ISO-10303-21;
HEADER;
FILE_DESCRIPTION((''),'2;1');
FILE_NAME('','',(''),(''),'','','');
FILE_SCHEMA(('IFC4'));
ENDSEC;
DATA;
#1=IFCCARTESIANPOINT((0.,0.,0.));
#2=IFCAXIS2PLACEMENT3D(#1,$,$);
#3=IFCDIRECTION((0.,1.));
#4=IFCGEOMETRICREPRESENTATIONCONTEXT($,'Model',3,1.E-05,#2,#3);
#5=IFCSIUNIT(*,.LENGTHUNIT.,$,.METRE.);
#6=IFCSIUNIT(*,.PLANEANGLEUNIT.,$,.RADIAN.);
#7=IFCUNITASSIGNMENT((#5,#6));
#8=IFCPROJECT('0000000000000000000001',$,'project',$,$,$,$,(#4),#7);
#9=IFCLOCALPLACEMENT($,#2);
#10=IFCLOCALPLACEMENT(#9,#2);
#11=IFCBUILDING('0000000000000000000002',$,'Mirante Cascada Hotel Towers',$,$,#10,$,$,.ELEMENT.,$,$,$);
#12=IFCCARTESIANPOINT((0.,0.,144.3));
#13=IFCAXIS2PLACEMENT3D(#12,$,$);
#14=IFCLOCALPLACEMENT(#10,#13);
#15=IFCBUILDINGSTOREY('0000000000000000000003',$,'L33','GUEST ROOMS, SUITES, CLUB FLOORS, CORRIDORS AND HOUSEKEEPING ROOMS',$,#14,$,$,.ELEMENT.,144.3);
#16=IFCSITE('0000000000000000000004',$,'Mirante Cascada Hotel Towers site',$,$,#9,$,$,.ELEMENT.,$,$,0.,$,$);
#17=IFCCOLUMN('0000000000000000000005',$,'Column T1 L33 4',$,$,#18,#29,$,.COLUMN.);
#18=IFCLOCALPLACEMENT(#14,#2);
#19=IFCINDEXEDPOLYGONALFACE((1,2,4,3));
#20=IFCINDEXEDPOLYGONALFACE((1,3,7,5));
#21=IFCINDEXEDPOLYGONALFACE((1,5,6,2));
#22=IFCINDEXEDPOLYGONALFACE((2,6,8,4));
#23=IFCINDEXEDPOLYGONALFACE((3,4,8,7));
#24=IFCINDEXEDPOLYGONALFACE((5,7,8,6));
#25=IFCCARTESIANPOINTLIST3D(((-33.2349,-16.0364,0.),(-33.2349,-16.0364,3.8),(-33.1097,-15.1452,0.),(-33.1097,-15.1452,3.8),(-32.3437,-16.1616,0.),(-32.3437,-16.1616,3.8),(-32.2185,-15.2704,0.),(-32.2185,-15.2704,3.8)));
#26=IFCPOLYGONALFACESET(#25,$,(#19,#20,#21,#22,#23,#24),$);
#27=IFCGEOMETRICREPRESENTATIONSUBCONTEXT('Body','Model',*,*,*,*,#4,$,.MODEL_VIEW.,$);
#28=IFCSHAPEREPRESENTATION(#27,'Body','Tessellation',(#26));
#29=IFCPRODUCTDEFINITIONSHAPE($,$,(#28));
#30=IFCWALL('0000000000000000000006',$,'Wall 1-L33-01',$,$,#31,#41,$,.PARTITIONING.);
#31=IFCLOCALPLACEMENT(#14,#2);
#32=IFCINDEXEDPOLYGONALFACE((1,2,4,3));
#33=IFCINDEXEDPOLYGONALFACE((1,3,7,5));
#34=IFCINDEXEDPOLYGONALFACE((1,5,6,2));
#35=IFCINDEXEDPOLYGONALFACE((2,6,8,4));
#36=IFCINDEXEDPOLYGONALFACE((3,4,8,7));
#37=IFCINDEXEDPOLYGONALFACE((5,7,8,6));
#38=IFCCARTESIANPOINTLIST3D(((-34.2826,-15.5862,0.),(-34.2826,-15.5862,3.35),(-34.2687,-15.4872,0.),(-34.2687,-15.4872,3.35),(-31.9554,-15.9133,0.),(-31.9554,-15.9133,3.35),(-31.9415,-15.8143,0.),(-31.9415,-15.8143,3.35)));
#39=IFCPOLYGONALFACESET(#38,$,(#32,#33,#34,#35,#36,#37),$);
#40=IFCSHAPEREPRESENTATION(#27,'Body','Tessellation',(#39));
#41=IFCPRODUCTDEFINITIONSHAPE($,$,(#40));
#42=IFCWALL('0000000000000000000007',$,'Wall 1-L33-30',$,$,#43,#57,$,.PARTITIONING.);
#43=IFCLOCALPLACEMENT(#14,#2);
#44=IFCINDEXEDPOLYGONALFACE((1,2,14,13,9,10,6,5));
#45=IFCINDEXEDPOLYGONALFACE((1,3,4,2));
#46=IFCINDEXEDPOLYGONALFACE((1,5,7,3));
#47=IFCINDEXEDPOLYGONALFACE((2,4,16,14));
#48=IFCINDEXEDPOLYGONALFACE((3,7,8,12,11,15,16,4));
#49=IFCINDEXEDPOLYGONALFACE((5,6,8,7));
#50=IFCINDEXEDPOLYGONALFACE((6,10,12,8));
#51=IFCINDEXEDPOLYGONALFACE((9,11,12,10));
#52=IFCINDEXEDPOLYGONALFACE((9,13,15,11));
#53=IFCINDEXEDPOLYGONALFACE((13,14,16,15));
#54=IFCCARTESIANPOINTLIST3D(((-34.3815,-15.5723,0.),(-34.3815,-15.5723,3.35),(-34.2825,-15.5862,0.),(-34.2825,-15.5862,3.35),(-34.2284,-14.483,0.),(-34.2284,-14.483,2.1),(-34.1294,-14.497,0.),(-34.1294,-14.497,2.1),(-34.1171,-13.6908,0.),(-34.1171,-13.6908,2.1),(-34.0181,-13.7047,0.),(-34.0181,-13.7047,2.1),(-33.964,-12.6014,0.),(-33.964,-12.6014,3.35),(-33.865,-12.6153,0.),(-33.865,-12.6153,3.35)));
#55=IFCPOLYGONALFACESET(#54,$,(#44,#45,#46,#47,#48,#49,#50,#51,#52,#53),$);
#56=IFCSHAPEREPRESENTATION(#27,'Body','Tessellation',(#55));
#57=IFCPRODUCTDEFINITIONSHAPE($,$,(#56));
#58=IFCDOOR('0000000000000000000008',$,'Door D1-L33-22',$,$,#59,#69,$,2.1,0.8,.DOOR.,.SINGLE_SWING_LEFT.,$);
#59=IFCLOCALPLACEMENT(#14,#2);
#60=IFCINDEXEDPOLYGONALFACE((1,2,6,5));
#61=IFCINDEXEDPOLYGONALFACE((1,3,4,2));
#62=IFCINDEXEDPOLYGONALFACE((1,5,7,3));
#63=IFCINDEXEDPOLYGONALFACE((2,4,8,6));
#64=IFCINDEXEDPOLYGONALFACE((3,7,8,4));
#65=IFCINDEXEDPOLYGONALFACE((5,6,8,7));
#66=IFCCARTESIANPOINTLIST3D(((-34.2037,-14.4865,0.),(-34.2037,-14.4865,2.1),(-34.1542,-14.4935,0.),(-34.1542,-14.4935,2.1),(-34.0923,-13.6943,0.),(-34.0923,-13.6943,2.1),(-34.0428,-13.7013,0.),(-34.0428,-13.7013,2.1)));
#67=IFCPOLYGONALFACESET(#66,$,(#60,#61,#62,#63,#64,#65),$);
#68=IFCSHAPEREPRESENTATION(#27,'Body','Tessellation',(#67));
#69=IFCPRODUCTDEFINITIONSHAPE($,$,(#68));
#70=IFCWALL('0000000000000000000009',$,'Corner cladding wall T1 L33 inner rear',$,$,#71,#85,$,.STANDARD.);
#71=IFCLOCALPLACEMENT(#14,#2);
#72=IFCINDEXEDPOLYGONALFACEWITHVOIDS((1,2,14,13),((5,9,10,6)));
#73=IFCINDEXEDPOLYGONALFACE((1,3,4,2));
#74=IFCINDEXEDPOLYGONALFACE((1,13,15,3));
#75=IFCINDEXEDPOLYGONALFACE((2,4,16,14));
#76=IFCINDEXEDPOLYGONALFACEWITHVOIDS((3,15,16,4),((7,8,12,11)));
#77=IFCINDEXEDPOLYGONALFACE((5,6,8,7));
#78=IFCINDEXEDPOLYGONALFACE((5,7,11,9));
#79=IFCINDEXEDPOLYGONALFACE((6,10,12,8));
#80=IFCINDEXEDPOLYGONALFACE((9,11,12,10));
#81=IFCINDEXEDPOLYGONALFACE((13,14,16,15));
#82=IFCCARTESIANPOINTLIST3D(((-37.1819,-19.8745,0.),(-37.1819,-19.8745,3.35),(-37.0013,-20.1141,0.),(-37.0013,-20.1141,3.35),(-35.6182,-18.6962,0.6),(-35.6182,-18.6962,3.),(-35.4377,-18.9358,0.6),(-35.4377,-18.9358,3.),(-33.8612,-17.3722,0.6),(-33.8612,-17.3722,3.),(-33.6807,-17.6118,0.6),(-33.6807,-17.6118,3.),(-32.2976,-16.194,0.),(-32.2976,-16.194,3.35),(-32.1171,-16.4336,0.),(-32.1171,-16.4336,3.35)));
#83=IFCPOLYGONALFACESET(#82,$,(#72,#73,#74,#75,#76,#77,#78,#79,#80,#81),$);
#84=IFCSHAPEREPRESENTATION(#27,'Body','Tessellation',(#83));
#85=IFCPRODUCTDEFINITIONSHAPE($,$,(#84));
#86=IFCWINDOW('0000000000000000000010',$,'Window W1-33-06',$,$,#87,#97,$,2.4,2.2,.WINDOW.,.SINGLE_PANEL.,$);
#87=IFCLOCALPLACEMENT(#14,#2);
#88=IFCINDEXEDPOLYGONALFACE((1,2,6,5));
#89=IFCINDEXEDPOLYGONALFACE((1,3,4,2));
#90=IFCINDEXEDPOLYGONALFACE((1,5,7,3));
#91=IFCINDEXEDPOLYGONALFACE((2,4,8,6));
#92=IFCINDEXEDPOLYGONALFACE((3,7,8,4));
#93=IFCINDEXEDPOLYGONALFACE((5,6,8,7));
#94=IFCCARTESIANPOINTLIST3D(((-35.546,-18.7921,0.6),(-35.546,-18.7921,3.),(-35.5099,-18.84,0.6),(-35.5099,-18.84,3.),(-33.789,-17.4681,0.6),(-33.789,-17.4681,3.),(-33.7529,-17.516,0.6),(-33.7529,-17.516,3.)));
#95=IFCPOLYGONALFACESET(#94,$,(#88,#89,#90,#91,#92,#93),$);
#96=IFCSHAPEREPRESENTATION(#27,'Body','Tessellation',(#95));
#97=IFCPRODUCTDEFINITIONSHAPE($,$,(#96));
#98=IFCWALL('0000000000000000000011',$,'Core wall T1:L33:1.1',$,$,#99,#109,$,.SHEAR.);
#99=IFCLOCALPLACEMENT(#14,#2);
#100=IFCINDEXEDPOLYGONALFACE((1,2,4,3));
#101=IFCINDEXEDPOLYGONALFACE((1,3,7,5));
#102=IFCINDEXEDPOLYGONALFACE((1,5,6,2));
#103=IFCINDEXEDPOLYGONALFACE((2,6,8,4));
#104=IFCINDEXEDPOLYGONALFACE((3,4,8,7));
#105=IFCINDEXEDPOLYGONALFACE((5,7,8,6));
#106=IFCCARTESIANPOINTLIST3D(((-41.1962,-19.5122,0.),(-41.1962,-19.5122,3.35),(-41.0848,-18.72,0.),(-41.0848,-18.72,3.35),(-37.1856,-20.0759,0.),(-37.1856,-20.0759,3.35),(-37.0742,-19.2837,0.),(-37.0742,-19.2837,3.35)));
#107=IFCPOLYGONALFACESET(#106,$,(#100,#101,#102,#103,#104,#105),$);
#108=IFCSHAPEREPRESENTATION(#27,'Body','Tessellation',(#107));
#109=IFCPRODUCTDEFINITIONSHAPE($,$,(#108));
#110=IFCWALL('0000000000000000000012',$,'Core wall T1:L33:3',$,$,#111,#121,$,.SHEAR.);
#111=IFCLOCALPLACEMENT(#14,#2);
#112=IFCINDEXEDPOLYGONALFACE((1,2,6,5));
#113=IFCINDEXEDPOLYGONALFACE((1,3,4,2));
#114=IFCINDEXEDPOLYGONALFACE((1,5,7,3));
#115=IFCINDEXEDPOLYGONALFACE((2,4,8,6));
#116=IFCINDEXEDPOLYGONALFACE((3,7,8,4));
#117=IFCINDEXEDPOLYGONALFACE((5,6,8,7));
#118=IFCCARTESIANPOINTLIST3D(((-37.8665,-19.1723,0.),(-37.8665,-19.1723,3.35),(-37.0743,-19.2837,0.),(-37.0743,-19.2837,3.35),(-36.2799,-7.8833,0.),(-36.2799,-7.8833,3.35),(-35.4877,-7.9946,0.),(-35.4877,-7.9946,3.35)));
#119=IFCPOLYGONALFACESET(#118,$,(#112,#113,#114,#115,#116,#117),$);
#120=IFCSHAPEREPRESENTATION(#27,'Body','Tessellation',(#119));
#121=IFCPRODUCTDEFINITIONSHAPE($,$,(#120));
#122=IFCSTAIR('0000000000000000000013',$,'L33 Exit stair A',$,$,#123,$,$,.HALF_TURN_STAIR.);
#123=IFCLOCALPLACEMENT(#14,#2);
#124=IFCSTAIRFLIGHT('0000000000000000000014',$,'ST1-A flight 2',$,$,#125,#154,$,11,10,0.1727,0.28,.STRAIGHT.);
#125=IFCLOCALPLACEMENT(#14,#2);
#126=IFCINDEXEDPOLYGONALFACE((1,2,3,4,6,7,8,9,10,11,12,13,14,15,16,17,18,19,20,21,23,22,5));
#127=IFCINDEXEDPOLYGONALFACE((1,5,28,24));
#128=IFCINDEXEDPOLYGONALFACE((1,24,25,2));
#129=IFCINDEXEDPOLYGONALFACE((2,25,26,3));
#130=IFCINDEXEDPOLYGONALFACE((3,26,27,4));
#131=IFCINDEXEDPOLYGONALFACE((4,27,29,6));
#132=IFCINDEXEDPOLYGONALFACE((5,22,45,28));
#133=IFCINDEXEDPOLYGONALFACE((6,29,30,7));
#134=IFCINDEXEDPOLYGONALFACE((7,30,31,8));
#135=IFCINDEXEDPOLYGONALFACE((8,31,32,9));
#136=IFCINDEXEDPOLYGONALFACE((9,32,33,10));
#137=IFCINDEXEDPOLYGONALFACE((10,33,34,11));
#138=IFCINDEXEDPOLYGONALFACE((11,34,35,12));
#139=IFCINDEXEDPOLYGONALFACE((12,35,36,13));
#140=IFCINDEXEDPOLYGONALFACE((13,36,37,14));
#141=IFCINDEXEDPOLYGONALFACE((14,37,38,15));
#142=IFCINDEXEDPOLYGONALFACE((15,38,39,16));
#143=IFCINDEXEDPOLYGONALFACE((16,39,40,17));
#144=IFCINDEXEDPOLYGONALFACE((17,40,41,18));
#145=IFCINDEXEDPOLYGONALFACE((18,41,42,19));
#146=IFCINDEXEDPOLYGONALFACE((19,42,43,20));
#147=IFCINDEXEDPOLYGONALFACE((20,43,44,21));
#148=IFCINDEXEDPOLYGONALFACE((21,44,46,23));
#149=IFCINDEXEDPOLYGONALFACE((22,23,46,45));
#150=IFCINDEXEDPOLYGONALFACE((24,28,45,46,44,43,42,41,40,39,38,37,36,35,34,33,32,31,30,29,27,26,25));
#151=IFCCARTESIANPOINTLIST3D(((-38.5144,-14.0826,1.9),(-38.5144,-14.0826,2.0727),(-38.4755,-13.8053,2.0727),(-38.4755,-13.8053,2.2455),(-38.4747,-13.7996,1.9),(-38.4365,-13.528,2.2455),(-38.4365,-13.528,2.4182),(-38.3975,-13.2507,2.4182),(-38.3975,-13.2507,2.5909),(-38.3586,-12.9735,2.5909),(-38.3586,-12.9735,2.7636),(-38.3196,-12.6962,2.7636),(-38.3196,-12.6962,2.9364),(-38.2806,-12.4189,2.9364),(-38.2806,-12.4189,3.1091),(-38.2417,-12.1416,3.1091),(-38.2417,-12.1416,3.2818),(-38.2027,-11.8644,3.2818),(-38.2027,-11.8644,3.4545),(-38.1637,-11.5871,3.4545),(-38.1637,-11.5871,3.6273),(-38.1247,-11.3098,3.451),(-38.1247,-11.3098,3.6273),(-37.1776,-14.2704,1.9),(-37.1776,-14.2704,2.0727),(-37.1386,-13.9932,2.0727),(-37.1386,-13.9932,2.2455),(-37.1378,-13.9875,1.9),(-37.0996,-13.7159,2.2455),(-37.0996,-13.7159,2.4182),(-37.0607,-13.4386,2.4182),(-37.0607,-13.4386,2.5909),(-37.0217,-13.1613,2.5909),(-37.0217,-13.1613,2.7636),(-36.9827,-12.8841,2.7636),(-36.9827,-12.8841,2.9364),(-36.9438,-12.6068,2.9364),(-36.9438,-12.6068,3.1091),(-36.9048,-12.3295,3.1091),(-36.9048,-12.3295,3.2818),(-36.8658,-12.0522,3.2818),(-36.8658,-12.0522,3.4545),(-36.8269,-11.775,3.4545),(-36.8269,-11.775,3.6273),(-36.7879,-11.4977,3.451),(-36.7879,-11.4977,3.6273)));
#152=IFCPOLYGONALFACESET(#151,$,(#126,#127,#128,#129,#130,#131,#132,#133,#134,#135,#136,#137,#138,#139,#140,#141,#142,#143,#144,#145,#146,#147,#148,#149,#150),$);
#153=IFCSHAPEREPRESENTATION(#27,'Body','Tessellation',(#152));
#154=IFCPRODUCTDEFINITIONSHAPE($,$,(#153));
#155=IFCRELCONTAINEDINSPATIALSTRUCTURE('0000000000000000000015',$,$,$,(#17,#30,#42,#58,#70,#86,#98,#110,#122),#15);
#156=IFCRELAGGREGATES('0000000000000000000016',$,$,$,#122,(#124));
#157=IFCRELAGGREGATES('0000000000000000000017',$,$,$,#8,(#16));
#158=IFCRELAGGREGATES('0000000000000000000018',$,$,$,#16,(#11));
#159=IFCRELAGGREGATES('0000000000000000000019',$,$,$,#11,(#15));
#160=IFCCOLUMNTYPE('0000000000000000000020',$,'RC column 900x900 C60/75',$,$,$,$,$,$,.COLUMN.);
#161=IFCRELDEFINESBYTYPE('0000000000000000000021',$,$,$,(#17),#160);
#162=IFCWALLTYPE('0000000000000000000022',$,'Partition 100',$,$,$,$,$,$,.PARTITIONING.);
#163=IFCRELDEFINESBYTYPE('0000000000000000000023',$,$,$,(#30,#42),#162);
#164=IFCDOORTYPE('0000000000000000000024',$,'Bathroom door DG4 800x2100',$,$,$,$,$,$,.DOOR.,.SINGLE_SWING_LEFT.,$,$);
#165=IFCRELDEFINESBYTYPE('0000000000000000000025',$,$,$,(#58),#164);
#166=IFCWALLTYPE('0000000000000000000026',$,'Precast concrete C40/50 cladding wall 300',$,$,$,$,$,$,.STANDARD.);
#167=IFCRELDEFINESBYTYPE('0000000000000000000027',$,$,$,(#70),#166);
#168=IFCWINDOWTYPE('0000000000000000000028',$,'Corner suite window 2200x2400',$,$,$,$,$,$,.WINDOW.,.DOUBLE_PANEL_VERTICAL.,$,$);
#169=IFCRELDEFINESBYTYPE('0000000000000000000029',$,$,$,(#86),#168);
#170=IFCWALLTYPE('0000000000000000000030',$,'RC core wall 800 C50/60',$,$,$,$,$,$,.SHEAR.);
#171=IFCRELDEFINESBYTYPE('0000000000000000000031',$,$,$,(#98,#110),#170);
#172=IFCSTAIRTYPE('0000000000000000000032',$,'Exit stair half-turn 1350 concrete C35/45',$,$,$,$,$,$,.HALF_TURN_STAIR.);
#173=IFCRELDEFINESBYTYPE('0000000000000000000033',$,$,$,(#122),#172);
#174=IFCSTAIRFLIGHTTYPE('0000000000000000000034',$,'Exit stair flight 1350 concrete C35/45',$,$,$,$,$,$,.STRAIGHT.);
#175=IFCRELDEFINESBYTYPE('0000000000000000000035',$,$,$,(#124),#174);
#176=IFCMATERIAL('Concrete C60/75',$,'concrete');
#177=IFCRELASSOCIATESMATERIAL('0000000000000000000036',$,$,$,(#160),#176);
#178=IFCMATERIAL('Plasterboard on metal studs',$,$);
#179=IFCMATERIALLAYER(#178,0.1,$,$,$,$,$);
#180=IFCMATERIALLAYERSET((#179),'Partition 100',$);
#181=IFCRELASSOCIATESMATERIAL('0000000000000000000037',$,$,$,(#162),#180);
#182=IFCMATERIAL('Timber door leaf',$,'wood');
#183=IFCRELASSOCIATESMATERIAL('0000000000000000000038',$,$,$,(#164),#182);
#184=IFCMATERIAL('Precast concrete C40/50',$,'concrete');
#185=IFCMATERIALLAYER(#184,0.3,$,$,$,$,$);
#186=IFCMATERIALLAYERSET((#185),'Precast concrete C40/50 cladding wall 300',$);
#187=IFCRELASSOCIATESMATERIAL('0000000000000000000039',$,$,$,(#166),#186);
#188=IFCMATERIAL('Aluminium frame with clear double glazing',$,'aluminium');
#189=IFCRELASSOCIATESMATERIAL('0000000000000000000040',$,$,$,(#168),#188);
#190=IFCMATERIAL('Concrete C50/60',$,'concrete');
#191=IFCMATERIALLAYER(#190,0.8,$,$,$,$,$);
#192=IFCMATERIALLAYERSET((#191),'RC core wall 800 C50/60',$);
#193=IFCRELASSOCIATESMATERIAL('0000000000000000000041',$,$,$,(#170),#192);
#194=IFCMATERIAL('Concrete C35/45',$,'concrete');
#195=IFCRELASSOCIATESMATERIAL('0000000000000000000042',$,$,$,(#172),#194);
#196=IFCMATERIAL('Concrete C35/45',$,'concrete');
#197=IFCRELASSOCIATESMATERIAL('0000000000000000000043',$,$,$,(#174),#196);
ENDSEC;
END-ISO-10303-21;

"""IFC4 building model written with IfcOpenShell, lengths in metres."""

from ifc_helpers import new_model, si_unit, direction, frame, frame_2d, origin, origin_2d, place, context, subcontext, project, spatial, polyline, rectangle, outline, extrude, material, layer, layer_set, material_profile, profile_set, type_object, element, fill, aggregate, save


model = new_model("IFC4")

# Units and contexts
model_context = context("Model", 3, precision=1e-05, world=origin(), true_north=direction((0.0, 1.0)))
body_context = subcontext(model_context, "Body", "Model", "MODEL_VIEW")
ifc_project = project(units=[si_unit("LENGTHUNIT", "METRE"), si_unit("PLANEANGLEUNIT", "RADIAN")], contexts=[model_context])

# Site, building, storey
site_placement = place(None, origin())
site = spatial("IfcSite", under=ifc_project, at=site_placement, Name="Mirante Cascada Hotel Towers site", CompositionType="ELEMENT", RefElevation=0.0)
building_placement = place(site_placement, origin())
building = spatial("IfcBuilding", under=site, at=building_placement, Name="Mirante Cascada Hotel Towers", CompositionType="ELEMENT")
storey_placement = place(building_placement, frame((0.0, 0.0, 144.3)))
storey = spatial("IfcBuildingStorey", under=building, at=storey_placement, Name="L33", Description="GUEST ROOMS, SUITES, CLUB FLOORS, CORRIDORS AND HOUSEKEEPING ROOMS", CompositionType="ELEMENT", Elevation=144.3)

# Column
ifc_material_1 = material(Name="Concrete C60/75", Category="concrete")
ifc_material_profile = material_profile(ifc_material_1, rectangle(XDim=0.9, YDim=0.9, at=origin_2d()), Name="RC column 900x900 C60/75")
ifc_profile_set = profile_set([ifc_material_profile], Name="Concrete C60/75")
column_type = type_object("IfcColumnType", Name="RC column 900x900 C60/75", PredefinedType="COLUMN", material=ifc_profile_set)
column_placement = place(storey_placement, frame((-32.7267, -15.6534, 0.0), z_axis=(0.0, 0.0, 1.0), x_axis=(-0.990268, 0.139173, 0.0)))
element("IfcColumn", 1, at=column_placement, inside=storey, type_object=column_type, Name="Column T1 L33 4", PredefinedType="COLUMN", context=body_context, shape_type="SweptSolid", body=[
    extrude(rectangle(XDim=0.9, YDim=0.9, at=origin_2d()), origin(), (0.0, 0.0, 1.0), 3.8),
])

# Wall
ifc_material_2 = material(Name="Plasterboard on metal studs")
ifc_layer_1 = layer(ifc_material_2, 0.1)
ifc_layer_set_1 = layer_set([ifc_layer_1], Name="Partition 100")
wall_type_1 = type_object("IfcWallType", Name="Partition 100", PredefinedType="PARTITIONING", material=ifc_layer_set_1)
wall_1_placement = place(storey_placement, frame((-34.2756, -15.5367, 0.0), z_axis=(0.0, 0.0, 1.0), x_axis=(0.990266, -0.139187, 0.0)))
element("IfcWall", 2, at=wall_1_placement, inside=storey, type_object=wall_type_1, Name="Wall 1-L33-01", PredefinedType="PARTITIONING", context=body_context, shape_type="SweptSolid", body=[
    extrude(rectangle(XDim=2.3501, YDim=0.1, at=frame_2d((1.175, 0.0))), origin(), (0.0, 0.0, 1.0), 3.35),
])

# Wall, opening, door
wall_2_placement = place(storey_placement, frame((-34.332, -15.5793, 0.0), z_axis=(0.0, 0.0, 1.0), x_axis=(0.139162, 0.99027, 0.0)))
wall_2 = element("IfcWall", 3, at=wall_2_placement, inside=storey, type_object=wall_type_1, Name="Wall 1-L33-30", PredefinedType="PARTITIONING", context=body_context, shape_type="SweptSolid", body=[
    extrude(rectangle(XDim=3.0001, YDim=0.1, at=frame_2d((1.5001, 0.0))), origin(), (0.0, 0.0, 1.0), 3.35),
])
opening_1_placement = place(wall_2_placement, frame((1.1, 0.0, 0.0)))
opening_1 = element("IfcOpeningElement", 4, at=opening_1_placement, cuts=wall_2, PredefinedType="OPENING", context=body_context, shape_type="SweptSolid", body=[
    extrude(rectangle(XDim=0.8, YDim=2.1, at=frame_2d((0.4, 1.05))), frame((0.0, 0.05, 0.0), z_axis=(0.0, -1.0, 0.0), x_axis=(1.0, 0.0, 0.0)), (0.0, 0.0, 1.0), 0.1),
])
ifc_material_3 = material(Name="Timber door leaf", Category="wood")
door_type = type_object("IfcDoorType", Name="Bathroom door DG4 800x2100", OperationType="SINGLE_SWING_LEFT", PredefinedType="DOOR", material=ifc_material_3)
door_placement = place(opening_1_placement, origin())
door = element("IfcDoor", 5, at=door_placement, inside=storey, type_object=door_type, Name="Door D1-L33-22", OperationType="SINGLE_SWING_LEFT", OverallHeight=2.1, OverallWidth=0.8, PredefinedType="DOOR", context=body_context, shape_type="SweptSolid", body=[
    extrude(rectangle(XDim=0.8, YDim=2.1, at=frame_2d((0.4, 1.05))), frame((0.0, 0.025, 0.0), z_axis=(0.0, -1.0, 0.0), x_axis=(1.0, 0.0, 0.0)), (0.0, 0.0, 1.0), 0.05),
])
fill(opening_1, door)

# Wall, opening, window
ifc_material_4 = material(Name="Precast concrete C40/50", Category="concrete")
ifc_layer_2 = layer(ifc_material_4, 0.3)
ifc_layer_set_2 = layer_set([ifc_layer_2], Name="Precast concrete C40/50 cladding wall 300")
wall_type_2 = type_object("IfcWallType", Name="Precast concrete C40/50 cladding wall 300", PredefinedType="STANDARD", material=ifc_layer_set_2)
wall_3_placement = place(storey_placement, frame((-32.2074, -16.3138, 0.0), z_axis=(0.0, 0.0, 1.0), x_axis=(-0.798636, -0.601814, 0.0)))
wall_3 = element("IfcWall", 6, at=wall_3_placement, inside=storey, type_object=wall_type_2, Name="Corner cladding wall T1 L33 inner rear", PredefinedType="STANDARD", context=body_context, shape_type="SweptSolid", body=[
    extrude(rectangle(XDim=6.1157, YDim=0.3, at=frame_2d((3.0578, 0.0))), origin(), (0.0, 0.0, 1.0), 3.35),
])
opening_2_placement = place(wall_3_placement, frame((1.9578, 0.0, 0.6)))
opening_2 = element("IfcOpeningElement", 7, at=opening_2_placement, cuts=wall_3, PredefinedType="OPENING", context=body_context, shape_type="SweptSolid", body=[
    extrude(rectangle(XDim=2.2, YDim=2.4, at=frame_2d((1.1, 1.2))), frame((0.0, 0.15, 0.0), z_axis=(0.0, -1.0, 0.0), x_axis=(1.0, 0.0, 0.0)), (0.0, 0.0, 1.0), 0.3),
])
ifc_material_5 = material(Name="Aluminium frame with clear double glazing", Category="aluminium")
window_type = type_object("IfcWindowType", Name="Corner suite window 2200x2400", PartitioningType="DOUBLE_PANEL_VERTICAL", PredefinedType="WINDOW", material=ifc_material_5)
window_placement = place(opening_2_placement, origin())
window = element("IfcWindow", 8, at=window_placement, inside=storey, type_object=window_type, Name="Window W1-33-06", OverallHeight=2.4, OverallWidth=2.2, PartitioningType="SINGLE_PANEL", PredefinedType="WINDOW", context=body_context, shape_type="SweptSolid", body=[
    extrude(rectangle(XDim=2.2, YDim=2.4, at=frame_2d((1.1, 1.2))), frame((0.0, 0.03, 0.0), z_axis=(0.0, -1.0, 0.0), x_axis=(1.0, 0.0, 0.0)), (0.0, 0.0, 1.0), 0.06),
])
fill(opening_2, window)

# Walls
ifc_material_6 = material(Name="Concrete C50/60", Category="concrete")
ifc_layer_3 = layer(ifc_material_6, 0.8)
ifc_layer_set_3 = layer_set([ifc_layer_3], Name="RC core wall 800 C50/60")
wall_type_3 = type_object("IfcWallType", Name="RC core wall 800 C50/60", PredefinedType="SHEAR", material=ifc_layer_set_3)
wall_4_placement = place(storey_placement, frame((-37.1299, -19.6798, 0.0), z_axis=(0.0, 0.0, 1.0), x_axis=(-0.990267, 0.139184, 0.0)))
element("IfcWall", 9, at=wall_4_placement, inside=storey, type_object=wall_type_3, Name="Core wall T1:L33:1.1", PredefinedType="SHEAR", context=body_context, shape_type="SweptSolid", body=[
    extrude(rectangle(XDim=4.05, YDim=0.8, at=frame_2d((2.025, 0.0))), origin(), (0.0, 0.0, 1.0), 3.35),
])
wall_5_placement = place(storey_placement, frame((-37.4704, -19.228, 0.0), z_axis=(0.0, 0.0, 1.0), x_axis=(0.139175, 0.990268, 0.0)))
element("IfcWall", 10, at=wall_5_placement, inside=storey, type_object=wall_type_3, Name="Core wall T1:L33:3", PredefinedType="SHEAR", context=body_context, shape_type="SweptSolid", body=[
    extrude(rectangle(XDim=11.4, YDim=0.8, at=frame_2d((5.7, 0.0))), origin(), (0.0, 0.0, 1.0), 3.35),
])

# Stair, stair flight
ifc_material_7 = material(Name="Concrete C35/45", Category="concrete")
stair_type = type_object("IfcStairType", Name="Exit stair half-turn 1350 concrete C35/45", PredefinedType="HALF_TURN_STAIR", material=ifc_material_7)
stair_placement = place(storey_placement, origin())
stair = element("IfcStair", 11, at=stair_placement, inside=storey, type_object=stair_type, Name="L33 Exit stair A", PredefinedType="HALF_TURN_STAIR")
ifc_material_8 = material(Name="Concrete C35/45", Category="concrete")
stair_flight_type = type_object("IfcStairFlightType", Name="Exit stair flight 1350 concrete C35/45", PredefinedType="STRAIGHT", material=ifc_material_8)
stair_flight_placement = place(storey_placement, frame((-37.846, -14.1765, 1.9), z_axis=(0.0, 0.0, 1.0), x_axis=(0.139173, 0.990268, 0.0)))
stair_flight = element("IfcStairFlight", 12, at=stair_flight_placement, type_object=stair_flight_type, Name="ST1-A flight 2", NumberOfRisers=11, NumberOfTreads=10, PredefinedType="STRAIGHT", RiserHeight=0.1727, TreadLength=0.28, context=body_context, shape_type="SweptSolid", body=[
    extrude(outline(polyline([(0.0, 0.0), (0.0, 0.1727), (0.28, 0.1727), (0.28, 0.3455), (0.56, 0.3455), (0.56, 0.5182), (0.84, 0.5182), (0.84, 0.6909), (1.12, 0.6909), (1.12, 0.8636), (1.4, 0.8636), (1.4, 1.0364), (1.68, 1.0364), (1.68, 1.2091), (1.96, 1.2091), (1.96, 1.3818), (2.24, 1.3818), (2.24, 1.5545), (2.52, 1.5545), (2.52, 1.7273), (2.8, 1.7273), (2.8, 1.9), (2.8, 1.551), (0.2857, 0.0), (0.0, 0.0)])), frame((0.0, 0.675, 0.0), z_axis=(0.0, -1.0, 0.0), x_axis=(1.0, 0.0, 0.0)), (0.0, 0.0, 1.0), 1.35),
])
aggregate(stair, [stair_flight])

save(model, "model.ifc")
